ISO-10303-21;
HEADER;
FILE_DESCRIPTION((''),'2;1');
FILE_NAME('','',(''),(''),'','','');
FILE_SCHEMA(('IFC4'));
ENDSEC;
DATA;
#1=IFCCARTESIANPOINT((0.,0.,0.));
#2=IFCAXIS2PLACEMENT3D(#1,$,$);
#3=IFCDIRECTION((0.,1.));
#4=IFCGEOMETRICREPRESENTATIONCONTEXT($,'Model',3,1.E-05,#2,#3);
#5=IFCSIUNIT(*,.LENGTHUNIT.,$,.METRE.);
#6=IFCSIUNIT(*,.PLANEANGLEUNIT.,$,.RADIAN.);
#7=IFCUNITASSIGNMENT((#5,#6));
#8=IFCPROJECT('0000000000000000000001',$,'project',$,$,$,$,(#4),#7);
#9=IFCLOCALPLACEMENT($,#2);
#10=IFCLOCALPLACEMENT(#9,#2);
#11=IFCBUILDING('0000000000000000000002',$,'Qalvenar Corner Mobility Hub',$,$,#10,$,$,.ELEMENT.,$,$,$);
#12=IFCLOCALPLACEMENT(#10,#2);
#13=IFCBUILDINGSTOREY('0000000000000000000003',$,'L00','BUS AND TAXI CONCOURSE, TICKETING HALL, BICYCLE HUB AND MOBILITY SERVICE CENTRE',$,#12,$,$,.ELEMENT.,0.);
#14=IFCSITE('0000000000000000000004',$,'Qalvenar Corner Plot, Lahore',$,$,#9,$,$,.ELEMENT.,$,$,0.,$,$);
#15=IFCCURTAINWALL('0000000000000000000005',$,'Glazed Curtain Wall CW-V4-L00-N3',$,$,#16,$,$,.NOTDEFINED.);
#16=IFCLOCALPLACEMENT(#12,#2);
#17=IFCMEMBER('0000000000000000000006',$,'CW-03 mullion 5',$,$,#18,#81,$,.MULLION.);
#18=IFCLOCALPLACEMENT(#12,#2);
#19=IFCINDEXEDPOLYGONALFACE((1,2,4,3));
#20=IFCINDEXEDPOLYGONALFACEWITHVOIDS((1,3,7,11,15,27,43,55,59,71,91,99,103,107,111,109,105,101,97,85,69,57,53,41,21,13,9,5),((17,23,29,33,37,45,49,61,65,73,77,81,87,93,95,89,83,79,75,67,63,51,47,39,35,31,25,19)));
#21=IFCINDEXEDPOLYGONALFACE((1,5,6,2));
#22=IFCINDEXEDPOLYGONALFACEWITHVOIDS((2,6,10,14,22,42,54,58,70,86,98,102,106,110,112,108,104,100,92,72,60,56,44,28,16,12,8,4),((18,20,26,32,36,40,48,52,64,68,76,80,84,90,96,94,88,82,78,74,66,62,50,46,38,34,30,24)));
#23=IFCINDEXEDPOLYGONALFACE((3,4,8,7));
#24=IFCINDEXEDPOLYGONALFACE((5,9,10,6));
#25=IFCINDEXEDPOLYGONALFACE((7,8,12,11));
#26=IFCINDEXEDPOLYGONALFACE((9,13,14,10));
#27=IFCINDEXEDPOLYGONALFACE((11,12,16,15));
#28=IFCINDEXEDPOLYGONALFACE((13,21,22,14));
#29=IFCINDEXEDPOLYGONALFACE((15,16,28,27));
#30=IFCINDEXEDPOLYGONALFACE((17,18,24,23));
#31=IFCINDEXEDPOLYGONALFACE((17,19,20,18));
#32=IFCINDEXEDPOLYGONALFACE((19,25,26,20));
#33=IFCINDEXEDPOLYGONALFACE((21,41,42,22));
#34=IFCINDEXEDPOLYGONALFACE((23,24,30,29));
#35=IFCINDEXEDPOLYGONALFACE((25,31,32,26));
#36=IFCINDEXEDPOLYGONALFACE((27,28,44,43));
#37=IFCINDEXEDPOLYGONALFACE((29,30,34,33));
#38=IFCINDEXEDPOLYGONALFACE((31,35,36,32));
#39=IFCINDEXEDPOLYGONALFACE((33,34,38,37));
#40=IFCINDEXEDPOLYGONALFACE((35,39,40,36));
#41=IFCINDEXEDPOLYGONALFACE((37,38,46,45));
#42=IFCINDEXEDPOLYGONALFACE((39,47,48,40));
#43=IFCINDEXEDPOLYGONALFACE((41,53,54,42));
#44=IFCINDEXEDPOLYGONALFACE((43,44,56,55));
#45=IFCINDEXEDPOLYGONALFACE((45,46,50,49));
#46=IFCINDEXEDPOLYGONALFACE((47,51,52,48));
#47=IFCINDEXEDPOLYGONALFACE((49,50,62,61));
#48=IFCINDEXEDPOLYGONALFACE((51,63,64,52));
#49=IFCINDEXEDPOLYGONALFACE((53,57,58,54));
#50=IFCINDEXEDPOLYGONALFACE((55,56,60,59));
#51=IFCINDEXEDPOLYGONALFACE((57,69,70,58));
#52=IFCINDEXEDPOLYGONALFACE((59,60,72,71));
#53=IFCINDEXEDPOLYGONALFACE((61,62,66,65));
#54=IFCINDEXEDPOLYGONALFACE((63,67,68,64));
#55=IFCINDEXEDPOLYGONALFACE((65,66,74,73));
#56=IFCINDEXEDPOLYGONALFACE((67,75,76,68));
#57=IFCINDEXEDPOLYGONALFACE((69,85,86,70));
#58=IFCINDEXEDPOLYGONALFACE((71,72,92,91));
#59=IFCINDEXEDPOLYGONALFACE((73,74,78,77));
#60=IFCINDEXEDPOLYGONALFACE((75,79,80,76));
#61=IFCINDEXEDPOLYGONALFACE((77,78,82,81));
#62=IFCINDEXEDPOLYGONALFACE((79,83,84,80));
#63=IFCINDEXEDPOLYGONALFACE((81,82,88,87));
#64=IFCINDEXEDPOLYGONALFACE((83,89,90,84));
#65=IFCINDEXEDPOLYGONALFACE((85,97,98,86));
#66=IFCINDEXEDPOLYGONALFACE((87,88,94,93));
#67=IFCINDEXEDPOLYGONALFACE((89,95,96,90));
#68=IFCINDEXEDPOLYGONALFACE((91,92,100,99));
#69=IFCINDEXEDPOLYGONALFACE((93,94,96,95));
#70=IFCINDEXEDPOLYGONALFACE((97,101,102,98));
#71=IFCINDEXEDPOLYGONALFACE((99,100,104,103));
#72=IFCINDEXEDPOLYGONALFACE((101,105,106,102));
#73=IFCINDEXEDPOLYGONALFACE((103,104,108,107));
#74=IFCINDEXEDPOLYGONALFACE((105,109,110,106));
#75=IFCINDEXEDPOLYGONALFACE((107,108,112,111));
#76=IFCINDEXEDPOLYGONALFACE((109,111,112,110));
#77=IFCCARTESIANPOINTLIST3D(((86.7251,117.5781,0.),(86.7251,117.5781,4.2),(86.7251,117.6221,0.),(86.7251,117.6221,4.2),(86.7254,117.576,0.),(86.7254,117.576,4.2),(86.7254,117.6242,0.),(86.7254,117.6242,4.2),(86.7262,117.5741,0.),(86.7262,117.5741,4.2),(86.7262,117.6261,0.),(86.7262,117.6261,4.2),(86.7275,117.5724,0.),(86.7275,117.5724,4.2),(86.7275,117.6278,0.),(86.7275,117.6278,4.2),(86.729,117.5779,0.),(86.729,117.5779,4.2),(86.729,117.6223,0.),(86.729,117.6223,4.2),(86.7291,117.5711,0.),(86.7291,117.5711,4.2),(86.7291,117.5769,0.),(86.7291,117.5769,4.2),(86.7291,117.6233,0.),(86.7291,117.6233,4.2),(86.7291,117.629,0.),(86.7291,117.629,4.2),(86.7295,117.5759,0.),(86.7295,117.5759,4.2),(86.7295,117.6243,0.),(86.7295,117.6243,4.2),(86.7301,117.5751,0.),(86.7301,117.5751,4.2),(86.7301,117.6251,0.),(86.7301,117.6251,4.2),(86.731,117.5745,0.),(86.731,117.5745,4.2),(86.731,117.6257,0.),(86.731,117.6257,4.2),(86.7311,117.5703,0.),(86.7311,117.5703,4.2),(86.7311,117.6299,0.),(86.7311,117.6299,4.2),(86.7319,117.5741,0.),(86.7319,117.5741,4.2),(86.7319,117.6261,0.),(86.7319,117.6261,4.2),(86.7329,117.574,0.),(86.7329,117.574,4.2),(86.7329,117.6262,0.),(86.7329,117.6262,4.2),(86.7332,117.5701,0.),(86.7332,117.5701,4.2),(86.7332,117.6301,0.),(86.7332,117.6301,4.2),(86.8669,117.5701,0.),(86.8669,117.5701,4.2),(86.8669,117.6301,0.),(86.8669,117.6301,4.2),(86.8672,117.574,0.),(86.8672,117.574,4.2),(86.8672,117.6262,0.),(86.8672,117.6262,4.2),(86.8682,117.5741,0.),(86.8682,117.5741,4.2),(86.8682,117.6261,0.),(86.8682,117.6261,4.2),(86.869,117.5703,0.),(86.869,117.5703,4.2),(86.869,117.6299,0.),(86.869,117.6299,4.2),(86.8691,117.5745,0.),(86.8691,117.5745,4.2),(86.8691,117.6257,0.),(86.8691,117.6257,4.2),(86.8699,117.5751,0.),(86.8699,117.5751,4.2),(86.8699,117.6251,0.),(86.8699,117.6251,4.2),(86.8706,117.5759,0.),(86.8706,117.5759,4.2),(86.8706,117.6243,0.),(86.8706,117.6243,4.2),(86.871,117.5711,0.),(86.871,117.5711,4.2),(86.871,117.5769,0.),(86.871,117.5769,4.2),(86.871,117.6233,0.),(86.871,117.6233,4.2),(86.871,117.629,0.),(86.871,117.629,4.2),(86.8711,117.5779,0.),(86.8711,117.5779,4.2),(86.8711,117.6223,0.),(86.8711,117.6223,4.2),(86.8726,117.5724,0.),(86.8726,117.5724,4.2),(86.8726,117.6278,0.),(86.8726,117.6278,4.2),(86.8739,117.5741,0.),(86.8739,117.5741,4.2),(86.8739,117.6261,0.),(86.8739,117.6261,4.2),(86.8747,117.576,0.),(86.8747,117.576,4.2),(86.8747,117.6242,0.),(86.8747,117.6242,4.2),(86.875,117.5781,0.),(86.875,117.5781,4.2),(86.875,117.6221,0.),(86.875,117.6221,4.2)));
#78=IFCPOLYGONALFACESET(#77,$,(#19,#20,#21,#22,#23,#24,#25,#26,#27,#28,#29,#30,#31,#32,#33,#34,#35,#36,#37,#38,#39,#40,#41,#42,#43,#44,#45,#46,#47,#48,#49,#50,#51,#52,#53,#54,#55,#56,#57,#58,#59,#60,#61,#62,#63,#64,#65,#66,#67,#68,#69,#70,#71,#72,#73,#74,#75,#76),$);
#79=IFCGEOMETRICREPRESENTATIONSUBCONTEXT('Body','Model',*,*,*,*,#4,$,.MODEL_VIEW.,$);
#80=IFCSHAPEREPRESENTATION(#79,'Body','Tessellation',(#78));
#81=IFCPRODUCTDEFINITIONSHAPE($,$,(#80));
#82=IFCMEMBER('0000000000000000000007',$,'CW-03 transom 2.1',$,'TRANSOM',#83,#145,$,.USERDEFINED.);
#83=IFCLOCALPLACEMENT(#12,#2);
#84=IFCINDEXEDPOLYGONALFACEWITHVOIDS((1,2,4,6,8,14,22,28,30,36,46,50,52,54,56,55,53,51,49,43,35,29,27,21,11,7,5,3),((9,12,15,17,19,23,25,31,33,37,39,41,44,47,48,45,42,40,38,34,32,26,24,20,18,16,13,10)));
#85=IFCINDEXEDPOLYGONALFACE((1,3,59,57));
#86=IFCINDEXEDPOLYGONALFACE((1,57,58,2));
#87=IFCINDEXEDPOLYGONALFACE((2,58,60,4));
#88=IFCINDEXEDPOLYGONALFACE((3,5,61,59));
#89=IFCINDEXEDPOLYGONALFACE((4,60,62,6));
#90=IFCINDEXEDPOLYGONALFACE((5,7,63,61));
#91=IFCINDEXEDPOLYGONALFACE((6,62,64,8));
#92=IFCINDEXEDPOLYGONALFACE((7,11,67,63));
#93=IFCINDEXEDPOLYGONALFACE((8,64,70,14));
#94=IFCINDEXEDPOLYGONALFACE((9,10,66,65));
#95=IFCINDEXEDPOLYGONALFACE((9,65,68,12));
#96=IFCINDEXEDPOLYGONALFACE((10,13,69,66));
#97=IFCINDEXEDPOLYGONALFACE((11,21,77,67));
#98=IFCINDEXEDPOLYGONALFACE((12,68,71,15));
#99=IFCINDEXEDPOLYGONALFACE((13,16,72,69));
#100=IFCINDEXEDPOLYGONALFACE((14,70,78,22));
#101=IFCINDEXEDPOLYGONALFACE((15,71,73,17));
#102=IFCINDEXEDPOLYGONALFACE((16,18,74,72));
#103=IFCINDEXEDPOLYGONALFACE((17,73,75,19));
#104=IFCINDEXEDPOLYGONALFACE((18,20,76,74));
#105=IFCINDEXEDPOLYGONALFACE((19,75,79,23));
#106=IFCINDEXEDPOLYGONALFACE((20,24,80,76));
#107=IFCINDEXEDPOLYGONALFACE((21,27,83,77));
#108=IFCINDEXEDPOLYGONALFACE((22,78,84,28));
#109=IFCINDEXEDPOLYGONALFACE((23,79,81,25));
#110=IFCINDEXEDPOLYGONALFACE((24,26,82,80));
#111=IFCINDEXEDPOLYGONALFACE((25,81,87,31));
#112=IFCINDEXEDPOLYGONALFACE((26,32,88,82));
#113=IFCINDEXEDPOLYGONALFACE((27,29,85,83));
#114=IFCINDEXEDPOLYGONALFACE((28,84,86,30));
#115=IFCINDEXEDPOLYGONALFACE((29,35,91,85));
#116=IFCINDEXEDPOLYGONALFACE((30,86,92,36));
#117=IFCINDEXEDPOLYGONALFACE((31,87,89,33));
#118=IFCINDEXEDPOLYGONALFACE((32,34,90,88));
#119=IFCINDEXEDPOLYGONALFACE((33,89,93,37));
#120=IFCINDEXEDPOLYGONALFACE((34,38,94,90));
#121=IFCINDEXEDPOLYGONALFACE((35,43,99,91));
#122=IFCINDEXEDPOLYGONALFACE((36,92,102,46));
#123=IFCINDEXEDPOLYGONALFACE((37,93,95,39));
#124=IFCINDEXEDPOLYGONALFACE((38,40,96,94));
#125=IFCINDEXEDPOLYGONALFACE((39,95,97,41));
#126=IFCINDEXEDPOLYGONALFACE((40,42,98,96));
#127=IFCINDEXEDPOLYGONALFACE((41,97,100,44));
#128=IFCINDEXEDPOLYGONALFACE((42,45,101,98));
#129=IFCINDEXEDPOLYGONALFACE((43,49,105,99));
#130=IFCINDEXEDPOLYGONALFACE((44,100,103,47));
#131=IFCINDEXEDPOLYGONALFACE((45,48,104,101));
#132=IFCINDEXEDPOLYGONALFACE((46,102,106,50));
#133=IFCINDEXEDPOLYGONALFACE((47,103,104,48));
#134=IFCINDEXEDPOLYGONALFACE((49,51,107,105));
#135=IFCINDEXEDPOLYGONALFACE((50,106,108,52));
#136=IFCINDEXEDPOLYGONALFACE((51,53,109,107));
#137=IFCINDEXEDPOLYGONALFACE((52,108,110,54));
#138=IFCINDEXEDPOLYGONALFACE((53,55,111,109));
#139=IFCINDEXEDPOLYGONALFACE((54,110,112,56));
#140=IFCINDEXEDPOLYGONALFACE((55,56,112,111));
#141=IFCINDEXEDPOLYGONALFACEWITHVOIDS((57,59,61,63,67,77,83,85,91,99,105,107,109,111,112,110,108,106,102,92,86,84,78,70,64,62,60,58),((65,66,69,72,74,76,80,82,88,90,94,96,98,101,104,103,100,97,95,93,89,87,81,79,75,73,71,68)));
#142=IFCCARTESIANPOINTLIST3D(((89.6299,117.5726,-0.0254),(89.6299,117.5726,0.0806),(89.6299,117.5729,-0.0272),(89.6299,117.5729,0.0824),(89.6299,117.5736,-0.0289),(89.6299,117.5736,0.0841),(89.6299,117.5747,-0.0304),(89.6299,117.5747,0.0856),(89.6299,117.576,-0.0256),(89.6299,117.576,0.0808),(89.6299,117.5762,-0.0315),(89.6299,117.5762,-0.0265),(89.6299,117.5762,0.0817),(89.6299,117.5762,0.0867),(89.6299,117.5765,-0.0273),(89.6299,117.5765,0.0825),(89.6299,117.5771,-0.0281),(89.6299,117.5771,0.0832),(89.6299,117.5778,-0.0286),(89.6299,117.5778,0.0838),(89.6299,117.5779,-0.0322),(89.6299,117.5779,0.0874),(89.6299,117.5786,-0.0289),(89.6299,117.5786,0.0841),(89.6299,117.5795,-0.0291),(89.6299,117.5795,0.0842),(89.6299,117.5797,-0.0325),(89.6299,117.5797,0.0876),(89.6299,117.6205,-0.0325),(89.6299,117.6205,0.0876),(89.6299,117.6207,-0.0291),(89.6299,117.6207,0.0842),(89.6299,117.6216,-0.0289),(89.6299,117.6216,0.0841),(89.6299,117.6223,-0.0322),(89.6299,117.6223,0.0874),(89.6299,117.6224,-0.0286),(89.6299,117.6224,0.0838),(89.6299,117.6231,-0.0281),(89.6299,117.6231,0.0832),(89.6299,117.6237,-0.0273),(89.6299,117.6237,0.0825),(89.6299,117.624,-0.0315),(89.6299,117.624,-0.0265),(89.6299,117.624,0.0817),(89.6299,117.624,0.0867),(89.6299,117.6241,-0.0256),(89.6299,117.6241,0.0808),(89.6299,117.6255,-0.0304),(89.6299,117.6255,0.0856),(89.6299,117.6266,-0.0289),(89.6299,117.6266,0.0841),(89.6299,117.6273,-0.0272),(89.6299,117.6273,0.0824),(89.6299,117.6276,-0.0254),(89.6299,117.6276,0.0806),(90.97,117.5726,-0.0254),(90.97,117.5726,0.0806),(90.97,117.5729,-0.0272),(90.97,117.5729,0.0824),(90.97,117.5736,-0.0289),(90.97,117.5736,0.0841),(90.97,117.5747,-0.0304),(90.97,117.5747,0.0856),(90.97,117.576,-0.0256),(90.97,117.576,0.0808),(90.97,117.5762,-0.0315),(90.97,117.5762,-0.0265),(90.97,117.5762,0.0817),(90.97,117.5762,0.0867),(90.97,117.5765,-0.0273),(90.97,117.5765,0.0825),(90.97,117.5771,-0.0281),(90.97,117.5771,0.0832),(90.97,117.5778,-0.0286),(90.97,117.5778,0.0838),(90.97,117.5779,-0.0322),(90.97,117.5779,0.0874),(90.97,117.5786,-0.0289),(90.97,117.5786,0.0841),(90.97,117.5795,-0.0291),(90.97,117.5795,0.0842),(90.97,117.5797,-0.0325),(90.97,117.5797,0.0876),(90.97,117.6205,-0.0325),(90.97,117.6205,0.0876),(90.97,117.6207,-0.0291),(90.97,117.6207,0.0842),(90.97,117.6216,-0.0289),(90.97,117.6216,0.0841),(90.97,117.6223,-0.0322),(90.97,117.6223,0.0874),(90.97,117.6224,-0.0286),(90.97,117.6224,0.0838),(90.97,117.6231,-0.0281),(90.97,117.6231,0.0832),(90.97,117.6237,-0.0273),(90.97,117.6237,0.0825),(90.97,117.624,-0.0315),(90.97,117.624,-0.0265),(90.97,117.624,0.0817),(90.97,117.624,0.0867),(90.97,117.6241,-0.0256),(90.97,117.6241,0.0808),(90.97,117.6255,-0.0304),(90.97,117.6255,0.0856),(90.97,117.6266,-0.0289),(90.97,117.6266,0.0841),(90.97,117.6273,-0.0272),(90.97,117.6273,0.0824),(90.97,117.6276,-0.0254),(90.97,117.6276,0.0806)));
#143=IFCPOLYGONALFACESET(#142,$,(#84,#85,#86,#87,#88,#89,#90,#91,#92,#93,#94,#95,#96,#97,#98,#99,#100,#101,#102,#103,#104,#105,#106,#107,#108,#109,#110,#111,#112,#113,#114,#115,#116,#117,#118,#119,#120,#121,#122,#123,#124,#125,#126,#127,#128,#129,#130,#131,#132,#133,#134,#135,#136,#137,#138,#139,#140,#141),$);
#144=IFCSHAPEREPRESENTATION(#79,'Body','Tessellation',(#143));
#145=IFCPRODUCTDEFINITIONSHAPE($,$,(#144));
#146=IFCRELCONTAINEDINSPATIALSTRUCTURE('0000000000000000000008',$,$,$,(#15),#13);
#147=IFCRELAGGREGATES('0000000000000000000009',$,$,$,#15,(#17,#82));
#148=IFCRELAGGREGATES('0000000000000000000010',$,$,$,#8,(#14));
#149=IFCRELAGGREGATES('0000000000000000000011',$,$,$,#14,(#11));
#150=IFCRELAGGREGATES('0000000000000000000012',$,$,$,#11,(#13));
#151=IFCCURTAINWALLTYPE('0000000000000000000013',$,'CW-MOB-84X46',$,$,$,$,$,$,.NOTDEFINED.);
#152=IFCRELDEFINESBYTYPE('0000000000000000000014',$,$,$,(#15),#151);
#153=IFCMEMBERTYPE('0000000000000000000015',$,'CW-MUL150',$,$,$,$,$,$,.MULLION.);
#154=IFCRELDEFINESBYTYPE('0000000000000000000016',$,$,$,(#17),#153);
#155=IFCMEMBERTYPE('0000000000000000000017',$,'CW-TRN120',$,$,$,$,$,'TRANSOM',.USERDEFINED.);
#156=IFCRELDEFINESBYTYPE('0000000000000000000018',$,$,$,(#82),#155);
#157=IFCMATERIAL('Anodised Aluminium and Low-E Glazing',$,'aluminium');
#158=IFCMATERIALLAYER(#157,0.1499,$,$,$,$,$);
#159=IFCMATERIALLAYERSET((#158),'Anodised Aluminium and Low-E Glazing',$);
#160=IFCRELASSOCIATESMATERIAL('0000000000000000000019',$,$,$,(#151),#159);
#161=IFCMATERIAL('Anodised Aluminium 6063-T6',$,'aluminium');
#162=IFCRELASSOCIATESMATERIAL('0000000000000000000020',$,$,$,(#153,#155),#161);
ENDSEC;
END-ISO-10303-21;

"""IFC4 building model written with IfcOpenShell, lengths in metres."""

from ifc_helpers import new_model, si_unit, direction, frame, origin, origin_2d, place, context, subcontext, project, spatial, hollow_rectangle, extrude, material, layer, layer_set, material_profile, profile_set, type_object, element, aggregate, save


model = new_model("IFC4")

# Units and contexts
model_context = context("Model", 3, precision=1e-05, world=origin(), true_north=direction((0.0, 1.0)))
body_context = subcontext(model_context, "Body", "Model", "MODEL_VIEW")
ifc_project = project(units=[si_unit("LENGTHUNIT", "METRE"), si_unit("PLANEANGLEUNIT", "RADIAN")], contexts=[model_context])

# Site, building, storey
site_placement = place(None, origin())
site = spatial("IfcSite", under=ifc_project, at=site_placement, Name="Qalvenar Corner Plot, Lahore", CompositionType="ELEMENT", RefElevation=0.0)
building_placement = place(site_placement, origin())
building = spatial("IfcBuilding", under=site, at=building_placement, Name="Qalvenar Corner Mobility Hub", CompositionType="ELEMENT")
storey_placement = place(building_placement, origin())
storey = spatial("IfcBuildingStorey", under=building, at=storey_placement, Name="L00", Description="BUS AND TAXI CONCOURSE, TICKETING HALL, BICYCLE HUB AND MOBILITY SERVICE CENTRE", CompositionType="ELEMENT", Elevation=0.0)

# Curtain wall, members
ifc_material_1 = material(Name="Anodised Aluminium and Low-E Glazing", Category="aluminium")
ifc_layer_1 = layer(ifc_material_1, 0.1499)
ifc_layer_set_1 = layer_set([ifc_layer_1], Name="Anodised Aluminium and Low-E Glazing")
curtain_wall_type = type_object("IfcCurtainWallType", Name="CW-MOB-84X46", PredefinedType="NOTDEFINED", material=ifc_layer_set_1)
curtain_wall_placement = place(storey_placement, origin())
curtain_wall = element("IfcCurtainWall", 1, at=curtain_wall_placement, inside=storey, type_object=curtain_wall_type, Name="Glazed Curtain Wall CW-V4-L00-N3", PredefinedType="NOTDEFINED")
ifc_material_2 = material(Name="Anodised Aluminium 6063-T6", Category="aluminium")
ifc_material_profile_1 = material_profile(ifc_material_2, hollow_rectangle(XDim=0.0601, YDim=0.1499, WallThickness=0.0039, InnerFilletRadius=0.0039, OuterFilletRadius=0.0081, at=origin_2d()), Name="RHS150x60x4")
ifc_profile_set_1 = profile_set([ifc_material_profile_1], Name="Anodised Aluminium 6063-T6")
member_type_1 = type_object("IfcMemberType", Name="CW-MUL150", PredefinedType="MULLION", material=ifc_profile_set_1)
member_1_placement = place(storey_placement, frame((86.8, 117.6001, 0.0), z_axis=(0.0, 0.0, 1.0), x_axis=(0.0, -1.0, 0.0)))
member_1 = element("IfcMember", 2, at=member_1_placement, type_object=member_type_1, Name="CW-03 mullion 5", PredefinedType="MULLION", context=body_context, shape_type="SweptSolid", body=[
    extrude(hollow_rectangle(XDim=0.0601, YDim=0.1499, WallThickness=0.0039, InnerFilletRadius=0.0039, OuterFilletRadius=0.0081, at=origin_2d()), origin(), (0.0, 0.0, 1.0), 4.2),
])
ifc_material_profile_2 = material_profile(ifc_material_2, hollow_rectangle(XDim=0.0549, YDim=0.1201, WallThickness=0.0034, InnerFilletRadius=0.0034, OuterFilletRadius=0.0071, at=origin_2d()), Name="RHS120x55x3.5")
ifc_profile_set_2 = profile_set([ifc_material_profile_2], Name="Anodised Aluminium 6063-T6")
member_type_2 = type_object("IfcMemberType", Name="CW-TRN120", ElementType="TRANSOM", PredefinedType="USERDEFINED", material=ifc_profile_set_2)
member_2_placement = place(storey_placement, frame((90.97, 117.6001, 0.0276), z_axis=(-1.0, 0.0, 0.0), x_axis=(0.0, -1.0, 0.0)))
member_2 = element("IfcMember", 3, at=member_2_placement, type_object=member_type_2, Name="CW-03 transom 2.1", ObjectType="TRANSOM", PredefinedType="USERDEFINED", context=body_context, shape_type="SweptSolid", body=[
    extrude(hollow_rectangle(XDim=0.0549, YDim=0.1201, WallThickness=0.0034, InnerFilletRadius=0.0034, OuterFilletRadius=0.0071, at=origin_2d()), origin(), (0.0, 0.0, 1.0), 1.3401),
])
aggregate(curtain_wall, [member_1, member_2])

save(model, "model.ifc")
